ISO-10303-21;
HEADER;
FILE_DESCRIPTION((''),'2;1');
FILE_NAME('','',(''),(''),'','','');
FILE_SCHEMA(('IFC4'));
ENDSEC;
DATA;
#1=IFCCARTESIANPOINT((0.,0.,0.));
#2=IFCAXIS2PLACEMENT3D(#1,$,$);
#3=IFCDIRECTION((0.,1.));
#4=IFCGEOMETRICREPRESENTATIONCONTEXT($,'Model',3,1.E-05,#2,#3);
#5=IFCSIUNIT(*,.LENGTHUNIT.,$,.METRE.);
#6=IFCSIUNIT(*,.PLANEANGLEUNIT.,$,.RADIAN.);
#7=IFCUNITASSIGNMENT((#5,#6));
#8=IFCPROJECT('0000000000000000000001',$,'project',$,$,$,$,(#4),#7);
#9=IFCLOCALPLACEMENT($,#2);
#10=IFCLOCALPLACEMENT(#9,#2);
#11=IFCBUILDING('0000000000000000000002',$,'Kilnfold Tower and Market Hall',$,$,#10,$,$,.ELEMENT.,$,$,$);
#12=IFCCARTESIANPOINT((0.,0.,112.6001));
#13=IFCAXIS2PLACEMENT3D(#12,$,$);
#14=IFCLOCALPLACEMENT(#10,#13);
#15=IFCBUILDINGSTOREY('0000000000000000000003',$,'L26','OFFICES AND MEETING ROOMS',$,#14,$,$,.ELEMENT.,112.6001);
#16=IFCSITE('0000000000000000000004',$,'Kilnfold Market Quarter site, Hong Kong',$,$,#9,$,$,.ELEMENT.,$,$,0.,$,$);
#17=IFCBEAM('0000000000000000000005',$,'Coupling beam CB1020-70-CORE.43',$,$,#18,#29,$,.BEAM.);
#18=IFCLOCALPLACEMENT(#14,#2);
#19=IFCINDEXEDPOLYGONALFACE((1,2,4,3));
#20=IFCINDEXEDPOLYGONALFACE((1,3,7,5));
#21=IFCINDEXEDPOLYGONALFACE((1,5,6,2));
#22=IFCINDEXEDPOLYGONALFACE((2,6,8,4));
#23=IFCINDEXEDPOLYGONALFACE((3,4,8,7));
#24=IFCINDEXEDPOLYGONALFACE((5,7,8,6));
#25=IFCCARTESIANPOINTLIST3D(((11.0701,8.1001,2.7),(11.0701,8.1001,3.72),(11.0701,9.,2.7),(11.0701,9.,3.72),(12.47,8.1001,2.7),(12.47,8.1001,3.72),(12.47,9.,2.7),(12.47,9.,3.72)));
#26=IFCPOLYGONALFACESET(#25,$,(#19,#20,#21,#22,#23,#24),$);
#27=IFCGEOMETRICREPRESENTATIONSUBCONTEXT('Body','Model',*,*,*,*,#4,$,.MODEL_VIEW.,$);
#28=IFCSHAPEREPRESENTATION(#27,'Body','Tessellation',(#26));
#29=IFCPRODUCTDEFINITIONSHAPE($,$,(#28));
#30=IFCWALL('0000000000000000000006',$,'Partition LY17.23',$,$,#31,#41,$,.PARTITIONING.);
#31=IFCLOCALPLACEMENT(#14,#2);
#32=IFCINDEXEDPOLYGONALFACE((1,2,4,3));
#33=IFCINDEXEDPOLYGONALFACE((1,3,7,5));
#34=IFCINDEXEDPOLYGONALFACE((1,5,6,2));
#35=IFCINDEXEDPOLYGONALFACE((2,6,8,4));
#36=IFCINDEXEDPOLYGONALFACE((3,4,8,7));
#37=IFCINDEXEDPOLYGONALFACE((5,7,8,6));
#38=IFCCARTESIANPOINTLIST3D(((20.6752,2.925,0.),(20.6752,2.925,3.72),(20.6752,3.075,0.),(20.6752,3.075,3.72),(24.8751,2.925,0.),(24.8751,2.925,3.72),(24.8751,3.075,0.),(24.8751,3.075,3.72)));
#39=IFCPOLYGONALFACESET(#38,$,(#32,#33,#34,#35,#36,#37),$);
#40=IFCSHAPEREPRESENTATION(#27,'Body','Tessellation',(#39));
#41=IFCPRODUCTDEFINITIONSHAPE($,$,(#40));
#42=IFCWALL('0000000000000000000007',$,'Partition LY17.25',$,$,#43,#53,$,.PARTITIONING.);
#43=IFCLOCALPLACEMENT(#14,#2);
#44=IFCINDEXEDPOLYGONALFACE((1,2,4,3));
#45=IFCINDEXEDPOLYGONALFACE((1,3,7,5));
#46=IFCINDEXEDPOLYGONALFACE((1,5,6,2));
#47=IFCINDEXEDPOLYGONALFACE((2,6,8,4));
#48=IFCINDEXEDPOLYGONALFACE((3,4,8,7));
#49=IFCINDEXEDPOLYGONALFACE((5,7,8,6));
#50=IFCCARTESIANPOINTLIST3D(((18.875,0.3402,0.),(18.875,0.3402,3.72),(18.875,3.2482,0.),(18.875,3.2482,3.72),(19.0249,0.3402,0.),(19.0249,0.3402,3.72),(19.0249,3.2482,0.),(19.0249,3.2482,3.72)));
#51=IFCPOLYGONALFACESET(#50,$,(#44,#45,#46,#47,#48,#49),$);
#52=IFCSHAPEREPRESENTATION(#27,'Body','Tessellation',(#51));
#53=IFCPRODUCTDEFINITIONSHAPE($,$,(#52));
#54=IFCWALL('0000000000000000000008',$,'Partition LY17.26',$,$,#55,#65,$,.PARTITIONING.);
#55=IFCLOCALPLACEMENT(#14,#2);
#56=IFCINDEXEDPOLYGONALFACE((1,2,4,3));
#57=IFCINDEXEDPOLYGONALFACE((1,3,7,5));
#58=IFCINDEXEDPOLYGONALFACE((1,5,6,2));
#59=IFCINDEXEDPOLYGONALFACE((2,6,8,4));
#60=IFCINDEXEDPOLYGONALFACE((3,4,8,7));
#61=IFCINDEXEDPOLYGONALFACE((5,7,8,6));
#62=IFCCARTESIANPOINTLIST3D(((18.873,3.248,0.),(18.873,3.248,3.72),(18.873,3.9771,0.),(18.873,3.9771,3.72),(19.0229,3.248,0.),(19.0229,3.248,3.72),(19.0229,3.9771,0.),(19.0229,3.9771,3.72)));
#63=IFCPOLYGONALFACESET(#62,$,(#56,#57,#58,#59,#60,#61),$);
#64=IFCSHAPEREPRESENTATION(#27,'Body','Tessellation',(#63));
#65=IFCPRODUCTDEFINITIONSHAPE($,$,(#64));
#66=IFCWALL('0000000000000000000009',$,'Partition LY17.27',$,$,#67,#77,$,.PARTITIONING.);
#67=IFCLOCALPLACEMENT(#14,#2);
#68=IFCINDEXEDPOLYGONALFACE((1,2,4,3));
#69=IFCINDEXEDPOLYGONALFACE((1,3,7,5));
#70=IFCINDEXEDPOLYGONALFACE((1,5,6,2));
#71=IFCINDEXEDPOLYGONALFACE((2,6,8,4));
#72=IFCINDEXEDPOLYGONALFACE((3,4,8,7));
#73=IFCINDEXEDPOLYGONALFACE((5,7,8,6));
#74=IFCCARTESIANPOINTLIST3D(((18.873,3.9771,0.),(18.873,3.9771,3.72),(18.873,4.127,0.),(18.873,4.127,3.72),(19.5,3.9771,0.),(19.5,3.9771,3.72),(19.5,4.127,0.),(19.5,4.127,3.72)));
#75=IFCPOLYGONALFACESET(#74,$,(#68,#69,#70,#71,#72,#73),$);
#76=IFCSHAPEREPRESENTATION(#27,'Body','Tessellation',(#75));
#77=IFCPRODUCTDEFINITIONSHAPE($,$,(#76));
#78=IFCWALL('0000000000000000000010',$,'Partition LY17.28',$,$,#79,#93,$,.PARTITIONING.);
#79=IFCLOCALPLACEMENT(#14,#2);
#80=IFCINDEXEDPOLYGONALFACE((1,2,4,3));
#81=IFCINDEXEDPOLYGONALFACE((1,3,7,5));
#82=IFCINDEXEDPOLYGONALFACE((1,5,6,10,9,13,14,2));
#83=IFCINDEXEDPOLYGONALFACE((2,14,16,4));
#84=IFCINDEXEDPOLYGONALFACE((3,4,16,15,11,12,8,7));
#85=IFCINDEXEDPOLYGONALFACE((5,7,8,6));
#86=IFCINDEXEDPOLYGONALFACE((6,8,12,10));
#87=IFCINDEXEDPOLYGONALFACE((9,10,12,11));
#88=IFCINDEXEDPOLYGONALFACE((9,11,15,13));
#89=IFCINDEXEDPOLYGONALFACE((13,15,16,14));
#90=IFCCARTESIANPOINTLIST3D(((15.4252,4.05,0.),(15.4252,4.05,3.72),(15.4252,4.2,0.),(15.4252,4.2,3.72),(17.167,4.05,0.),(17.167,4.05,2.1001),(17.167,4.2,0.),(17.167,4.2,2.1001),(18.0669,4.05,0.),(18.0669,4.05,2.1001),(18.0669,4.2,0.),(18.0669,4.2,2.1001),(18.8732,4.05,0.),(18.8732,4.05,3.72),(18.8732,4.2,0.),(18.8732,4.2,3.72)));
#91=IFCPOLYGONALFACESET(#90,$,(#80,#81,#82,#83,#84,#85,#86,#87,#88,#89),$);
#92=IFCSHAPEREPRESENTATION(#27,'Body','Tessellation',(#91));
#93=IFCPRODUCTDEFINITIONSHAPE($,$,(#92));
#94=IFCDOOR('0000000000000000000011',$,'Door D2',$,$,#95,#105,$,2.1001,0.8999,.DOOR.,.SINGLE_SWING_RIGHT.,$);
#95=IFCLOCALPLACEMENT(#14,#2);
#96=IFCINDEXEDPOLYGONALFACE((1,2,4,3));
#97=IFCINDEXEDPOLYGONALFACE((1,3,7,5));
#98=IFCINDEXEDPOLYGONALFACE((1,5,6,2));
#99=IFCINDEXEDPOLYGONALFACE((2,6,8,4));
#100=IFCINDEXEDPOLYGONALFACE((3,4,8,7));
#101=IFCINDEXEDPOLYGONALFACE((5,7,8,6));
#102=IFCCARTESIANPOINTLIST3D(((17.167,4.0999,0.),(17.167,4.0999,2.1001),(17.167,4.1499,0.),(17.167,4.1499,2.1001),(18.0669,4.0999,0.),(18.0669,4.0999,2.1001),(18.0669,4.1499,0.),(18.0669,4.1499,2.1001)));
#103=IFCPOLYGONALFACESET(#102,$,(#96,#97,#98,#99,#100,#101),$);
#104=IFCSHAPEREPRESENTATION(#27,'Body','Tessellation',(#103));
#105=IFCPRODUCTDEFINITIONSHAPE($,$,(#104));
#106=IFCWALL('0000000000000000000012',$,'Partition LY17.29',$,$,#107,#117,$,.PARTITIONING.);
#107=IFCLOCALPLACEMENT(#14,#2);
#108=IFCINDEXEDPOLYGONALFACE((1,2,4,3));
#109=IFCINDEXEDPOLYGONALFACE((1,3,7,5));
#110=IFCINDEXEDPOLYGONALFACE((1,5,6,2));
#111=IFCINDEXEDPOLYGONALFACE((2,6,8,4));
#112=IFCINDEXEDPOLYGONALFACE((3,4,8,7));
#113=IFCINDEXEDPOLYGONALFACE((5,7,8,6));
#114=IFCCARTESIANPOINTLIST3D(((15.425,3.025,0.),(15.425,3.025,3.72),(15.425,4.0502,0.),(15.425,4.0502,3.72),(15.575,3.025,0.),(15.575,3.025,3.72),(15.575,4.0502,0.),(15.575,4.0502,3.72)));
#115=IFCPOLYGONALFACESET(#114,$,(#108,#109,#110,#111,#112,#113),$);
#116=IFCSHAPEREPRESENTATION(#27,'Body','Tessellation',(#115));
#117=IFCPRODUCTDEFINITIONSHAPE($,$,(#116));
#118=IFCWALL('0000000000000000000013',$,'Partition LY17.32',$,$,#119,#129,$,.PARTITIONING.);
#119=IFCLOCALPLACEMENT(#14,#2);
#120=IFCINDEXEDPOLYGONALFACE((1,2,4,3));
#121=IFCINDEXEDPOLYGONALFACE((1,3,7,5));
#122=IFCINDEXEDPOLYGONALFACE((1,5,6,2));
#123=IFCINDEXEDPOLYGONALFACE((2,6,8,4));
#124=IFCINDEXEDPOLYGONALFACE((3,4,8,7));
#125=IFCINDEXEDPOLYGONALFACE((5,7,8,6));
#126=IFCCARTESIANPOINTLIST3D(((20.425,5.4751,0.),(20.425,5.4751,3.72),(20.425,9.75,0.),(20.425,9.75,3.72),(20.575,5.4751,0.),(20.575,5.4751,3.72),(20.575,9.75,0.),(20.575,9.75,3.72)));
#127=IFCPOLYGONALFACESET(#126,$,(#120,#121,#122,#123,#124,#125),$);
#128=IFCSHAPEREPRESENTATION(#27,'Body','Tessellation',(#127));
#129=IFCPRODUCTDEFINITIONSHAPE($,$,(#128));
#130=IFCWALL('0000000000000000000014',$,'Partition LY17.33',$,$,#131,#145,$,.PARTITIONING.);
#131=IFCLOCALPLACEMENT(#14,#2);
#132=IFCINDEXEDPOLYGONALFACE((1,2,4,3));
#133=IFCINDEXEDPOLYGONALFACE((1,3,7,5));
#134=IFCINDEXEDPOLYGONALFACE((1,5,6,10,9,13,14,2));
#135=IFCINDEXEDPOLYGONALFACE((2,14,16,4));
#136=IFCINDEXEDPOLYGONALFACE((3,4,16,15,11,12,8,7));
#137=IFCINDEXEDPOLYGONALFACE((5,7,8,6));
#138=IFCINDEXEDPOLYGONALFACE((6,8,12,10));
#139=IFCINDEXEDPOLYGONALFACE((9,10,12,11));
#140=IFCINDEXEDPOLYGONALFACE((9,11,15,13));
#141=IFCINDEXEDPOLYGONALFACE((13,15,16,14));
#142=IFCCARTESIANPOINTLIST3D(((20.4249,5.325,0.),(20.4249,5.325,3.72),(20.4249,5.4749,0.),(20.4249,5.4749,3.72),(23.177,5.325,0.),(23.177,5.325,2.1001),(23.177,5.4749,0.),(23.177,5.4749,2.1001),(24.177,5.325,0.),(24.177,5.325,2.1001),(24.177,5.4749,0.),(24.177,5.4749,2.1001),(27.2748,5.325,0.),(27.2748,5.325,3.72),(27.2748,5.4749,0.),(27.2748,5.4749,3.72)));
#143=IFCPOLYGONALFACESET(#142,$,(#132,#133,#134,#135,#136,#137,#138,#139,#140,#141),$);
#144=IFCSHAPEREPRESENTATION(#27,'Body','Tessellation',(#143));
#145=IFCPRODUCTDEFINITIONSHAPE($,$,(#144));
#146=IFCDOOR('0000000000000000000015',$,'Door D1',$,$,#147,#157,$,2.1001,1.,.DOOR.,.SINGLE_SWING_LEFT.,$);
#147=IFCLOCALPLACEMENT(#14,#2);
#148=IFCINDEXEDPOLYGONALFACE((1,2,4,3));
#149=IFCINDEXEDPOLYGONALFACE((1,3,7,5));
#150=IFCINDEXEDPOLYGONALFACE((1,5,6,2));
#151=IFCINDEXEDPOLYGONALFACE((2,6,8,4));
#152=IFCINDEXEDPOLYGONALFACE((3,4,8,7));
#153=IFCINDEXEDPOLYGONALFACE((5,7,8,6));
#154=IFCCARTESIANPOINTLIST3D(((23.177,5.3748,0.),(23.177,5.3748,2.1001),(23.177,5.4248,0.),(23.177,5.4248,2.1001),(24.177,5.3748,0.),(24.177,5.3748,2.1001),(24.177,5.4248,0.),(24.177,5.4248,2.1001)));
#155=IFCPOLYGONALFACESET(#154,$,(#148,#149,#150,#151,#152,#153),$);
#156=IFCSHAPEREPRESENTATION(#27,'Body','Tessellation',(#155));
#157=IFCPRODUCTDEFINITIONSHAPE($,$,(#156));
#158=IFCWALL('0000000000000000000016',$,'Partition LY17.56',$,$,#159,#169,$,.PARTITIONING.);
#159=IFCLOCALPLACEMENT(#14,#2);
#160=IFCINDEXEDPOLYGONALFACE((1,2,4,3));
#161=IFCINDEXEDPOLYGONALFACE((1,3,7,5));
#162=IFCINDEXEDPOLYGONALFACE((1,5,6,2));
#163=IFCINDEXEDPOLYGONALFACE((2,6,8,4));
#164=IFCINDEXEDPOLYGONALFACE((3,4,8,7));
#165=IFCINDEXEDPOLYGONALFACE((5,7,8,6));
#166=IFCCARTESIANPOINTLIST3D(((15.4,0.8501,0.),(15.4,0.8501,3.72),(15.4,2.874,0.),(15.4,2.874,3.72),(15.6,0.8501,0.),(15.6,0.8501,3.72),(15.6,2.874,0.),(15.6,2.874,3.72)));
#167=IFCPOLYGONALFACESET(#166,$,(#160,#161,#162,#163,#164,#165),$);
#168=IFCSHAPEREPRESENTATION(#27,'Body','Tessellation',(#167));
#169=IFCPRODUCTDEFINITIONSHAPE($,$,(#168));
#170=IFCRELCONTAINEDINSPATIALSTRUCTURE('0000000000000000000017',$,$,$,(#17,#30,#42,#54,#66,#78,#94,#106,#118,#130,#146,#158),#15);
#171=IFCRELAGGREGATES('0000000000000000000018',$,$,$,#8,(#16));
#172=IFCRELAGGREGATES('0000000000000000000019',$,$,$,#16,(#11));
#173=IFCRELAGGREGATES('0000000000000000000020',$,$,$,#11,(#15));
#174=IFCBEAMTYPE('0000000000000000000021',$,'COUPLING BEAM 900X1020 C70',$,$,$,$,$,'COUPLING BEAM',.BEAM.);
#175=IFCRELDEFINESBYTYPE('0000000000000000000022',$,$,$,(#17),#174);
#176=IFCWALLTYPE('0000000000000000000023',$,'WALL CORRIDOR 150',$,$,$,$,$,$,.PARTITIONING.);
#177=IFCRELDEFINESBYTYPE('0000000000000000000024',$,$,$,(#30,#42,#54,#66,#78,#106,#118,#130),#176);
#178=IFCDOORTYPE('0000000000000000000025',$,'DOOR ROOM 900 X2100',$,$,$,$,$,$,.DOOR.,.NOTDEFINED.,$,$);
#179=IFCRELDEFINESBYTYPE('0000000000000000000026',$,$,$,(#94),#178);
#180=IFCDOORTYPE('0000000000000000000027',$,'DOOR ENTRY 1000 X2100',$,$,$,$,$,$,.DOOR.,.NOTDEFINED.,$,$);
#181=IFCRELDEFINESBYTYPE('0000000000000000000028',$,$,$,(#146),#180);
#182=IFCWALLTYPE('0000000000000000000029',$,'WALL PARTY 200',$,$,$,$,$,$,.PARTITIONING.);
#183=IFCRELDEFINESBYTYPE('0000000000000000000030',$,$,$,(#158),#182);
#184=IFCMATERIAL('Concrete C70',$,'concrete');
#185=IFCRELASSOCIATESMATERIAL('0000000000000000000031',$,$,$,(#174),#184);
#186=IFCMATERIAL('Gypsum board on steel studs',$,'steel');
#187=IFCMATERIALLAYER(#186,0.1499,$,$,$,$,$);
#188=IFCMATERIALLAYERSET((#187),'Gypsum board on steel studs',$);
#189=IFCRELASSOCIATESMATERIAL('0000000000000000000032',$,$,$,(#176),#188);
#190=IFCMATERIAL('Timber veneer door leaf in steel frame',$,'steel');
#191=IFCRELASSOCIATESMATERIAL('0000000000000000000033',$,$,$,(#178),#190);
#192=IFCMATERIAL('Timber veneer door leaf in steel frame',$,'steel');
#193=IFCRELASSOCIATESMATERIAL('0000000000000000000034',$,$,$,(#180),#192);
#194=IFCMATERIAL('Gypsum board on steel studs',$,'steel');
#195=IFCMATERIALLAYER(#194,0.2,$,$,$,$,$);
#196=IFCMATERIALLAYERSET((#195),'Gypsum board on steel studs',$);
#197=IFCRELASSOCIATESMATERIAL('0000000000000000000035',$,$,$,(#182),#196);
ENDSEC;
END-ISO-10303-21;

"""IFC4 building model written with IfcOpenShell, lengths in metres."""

from ifc_helpers import new_model, si_unit, direction, frame, frame_2d, origin, origin_2d, place, context, subcontext, project, spatial, rectangle, extrude, source, transform, mapped, material, layer, layer_set, material_profile, profile_set, type_object, element, fill, save


model = new_model("IFC4")

# Units and contexts
model_context = context("Model", 3, precision=1e-05, world=origin(), true_north=direction((0.0, 1.0)))
body_context = subcontext(model_context, "Body", "Model", "MODEL_VIEW")
ifc_project = project(units=[si_unit("LENGTHUNIT", "METRE"), si_unit("PLANEANGLEUNIT", "RADIAN")], contexts=[model_context])

# Site, building, storey
site_placement = place(None, origin())
site = spatial("IfcSite", under=ifc_project, at=site_placement, Name="Kilnfold Market Quarter site, Hong Kong", CompositionType="ELEMENT", RefElevation=0.0)
building_placement = place(site_placement, origin())
building = spatial("IfcBuilding", under=site, at=building_placement, Name="Kilnfold Tower and Market Hall", CompositionType="ELEMENT")
storey_placement = place(building_placement, frame((0.0, 0.0, 112.6001)))
storey = spatial("IfcBuildingStorey", under=building, at=storey_placement, Name="L26", Description="OFFICES AND MEETING ROOMS", CompositionType="ELEMENT", Elevation=112.6001)

# Beam
ifc_material_1 = material(Name="Concrete C70", Category="concrete")
ifc_material_profile = material_profile(ifc_material_1, rectangle(XDim=0.8999, YDim=1.02, at=origin_2d()), Name="RC 900x1020")
ifc_profile_set = profile_set([ifc_material_profile], Name="Concrete C70")
beam_type = type_object("IfcBeamType", Name="COUPLING BEAM 900X1020 C70", ElementType="COUPLING BEAM", PredefinedType="BEAM", material=ifc_profile_set)
shared_shape_1 = source(origin(), body_context, "Body", "SweptSolid", [
    extrude(rectangle(XDim=0.8999, YDim=1.02, at=origin_2d()), origin(), (0.0, 0.0, 1.0), 1.3999),
])
beam_placement = place(storey_placement, frame((11.0701, 8.55, 3.21), z_axis=(1.0, 0.0, 0.0), x_axis=(0.0, 1.0, 0.0)))
element("IfcBeam", 1, at=beam_placement, inside=storey, type_object=beam_type, Name="Coupling beam CB1020-70-CORE.43", PredefinedType="BEAM", context=body_context, shape_type="MappedRepresentation", body=[
    mapped(shared_shape_1, transform((0.0, 0.0, 0.0))),
])

# Walls
ifc_material_2 = material(Name="Gypsum board on steel studs", Category="steel")
ifc_layer_1 = layer(ifc_material_2, 0.1499)
ifc_layer_set_1 = layer_set([ifc_layer_1], Name="Gypsum board on steel studs")
wall_type_1 = type_object("IfcWallType", Name="WALL CORRIDOR 150", PredefinedType="PARTITIONING", material=ifc_layer_set_1)
wall_1_placement = place(storey_placement, frame((20.675, 3.0, 0.0), z_axis=(0.0, 0.0, 1.0), x_axis=(1.0, 0.0, 0.0)))
element("IfcWall", 2, at=wall_1_placement, inside=storey, type_object=wall_type_1, Name="Partition LY17.23", PredefinedType="PARTITIONING", context=body_context, shape_type="SweptSolid", body=[
    extrude(rectangle(XDim=4.2, YDim=0.1499, at=frame_2d((2.1001, 0.0))), origin(), (0.0, 0.0, 1.0), 3.72),
])
wall_2_placement = place(storey_placement, frame((18.95, 0.3401, 0.0), z_axis=(0.0, 0.0, 1.0), x_axis=(0.0, 1.0, 0.0)))
element("IfcWall", 3, at=wall_2_placement, inside=storey, type_object=wall_type_1, Name="Partition LY17.25", PredefinedType="PARTITIONING", context=body_context, shape_type="SweptSolid", body=[
    extrude(rectangle(XDim=2.908, YDim=0.1499, at=frame_2d((1.4541, 0.0))), origin(), (0.0, 0.0, 1.0), 3.72),
])
wall_3_placement = place(storey_placement, frame((18.948, 3.9771, 0.0), z_axis=(0.0, 0.0, 1.0), x_axis=(0.0, -1.0, 0.0)))
element("IfcWall", 4, at=wall_3_placement, inside=storey, type_object=wall_type_1, Name="Partition LY17.26", PredefinedType="PARTITIONING", context=body_context, shape_type="SweptSolid", body=[
    extrude(rectangle(XDim=0.729, YDim=0.1499, at=frame_2d((0.3645, 0.0))), origin(), (0.0, 0.0, 1.0), 3.72),
])
wall_4_placement = place(storey_placement, frame((18.873, 4.052, 0.0), z_axis=(0.0, 0.0, 1.0), x_axis=(1.0, 0.0, 0.0)))
element("IfcWall", 5, at=wall_4_placement, inside=storey, type_object=wall_type_1, Name="Partition LY17.27", PredefinedType="PARTITIONING", context=body_context, shape_type="SweptSolid", body=[
    extrude(rectangle(XDim=0.627, YDim=0.1499, at=frame_2d((0.3135, 0.0))), origin(), (0.0, 0.0, 1.0), 3.72),
])

# Wall, opening, door
wall_5_placement = place(storey_placement, frame((15.425, 4.125, 0.0), z_axis=(0.0, 0.0, 1.0), x_axis=(1.0, 0.0, 0.0)))
wall_5 = element("IfcWall", 6, at=wall_5_placement, inside=storey, type_object=wall_type_1, Name="Partition LY17.28", PredefinedType="PARTITIONING", context=body_context, shape_type="SweptSolid", body=[
    extrude(rectangle(XDim=3.448, YDim=0.1499, at=frame_2d((1.7241, 0.0))), origin(), (0.0, 0.0, 1.0), 3.72),
])
opening_1_placement = place(wall_5_placement, frame((1.7419, 0.0, 0.0)))
opening_1 = element("IfcOpeningElement", 7, at=opening_1_placement, cuts=wall_5, PredefinedType="OPENING", context=body_context, shape_type="SweptSolid", body=[
    extrude(rectangle(XDim=0.8999, YDim=2.1001, at=frame_2d((0.45, 1.05))), frame((0.0, 0.085, 0.0), z_axis=(0.0, -1.0, 0.0), x_axis=(1.0, 0.0, 0.0)), (0.0, 0.0, 1.0), 0.1699),
])
ifc_material_3 = material(Name="Timber veneer door leaf in steel frame", Category="steel")
door_type_1 = type_object("IfcDoorType", Name="DOOR ROOM 900 X2100", OperationType="NOTDEFINED", PredefinedType="DOOR", material=ifc_material_3)
door_1_placement = place(opening_1_placement, origin())
door_1 = element("IfcDoor", 8, at=door_1_placement, inside=storey, type_object=door_type_1, Name="Door D2", OperationType="SINGLE_SWING_RIGHT", OverallHeight=2.1001, OverallWidth=0.8999, PredefinedType="DOOR", context=body_context, shape_type="SweptSolid", body=[
    extrude(rectangle(XDim=0.8999, YDim=2.1001, at=frame_2d((0.45, 1.05))), frame((0.0, 0.0249, 0.0), z_axis=(0.0, -1.0, 0.0), x_axis=(1.0, 0.0, 0.0)), (0.0, 0.0, 1.0), 0.05),
])
fill(opening_1, door_1)

# Walls
wall_6_placement = place(storey_placement, frame((15.5, 3.0249, 0.0), z_axis=(0.0, 0.0, 1.0), x_axis=(0.0, 1.0, 0.0)))
element("IfcWall", 9, at=wall_6_placement, inside=storey, type_object=wall_type_1, Name="Partition LY17.29", PredefinedType="PARTITIONING", context=body_context, shape_type="SweptSolid", body=[
    extrude(rectangle(XDim=1.0251, YDim=0.1499, at=frame_2d((0.5127, 0.0))), origin(), (0.0, 0.0, 1.0), 3.72),
])
wall_7_placement = place(storey_placement, frame((20.5, 5.4751, 0.0), z_axis=(0.0, 0.0, 1.0), x_axis=(0.0, 1.0, 0.0)))
element("IfcWall", 10, at=wall_7_placement, inside=storey, type_object=wall_type_1, Name="Partition LY17.32", PredefinedType="PARTITIONING", context=body_context, shape_type="SweptSolid", body=[
    extrude(rectangle(XDim=4.2749, YDim=0.1499, at=frame_2d((2.1375, 0.0))), origin(), (0.0, 0.0, 1.0), 3.72),
])

# Wall, opening, door
wall_8_placement = place(storey_placement, frame((20.425, 5.3999, 0.0), z_axis=(0.0, 0.0, 1.0), x_axis=(1.0, 0.0, 0.0)))
wall_8 = element("IfcWall", 11, at=wall_8_placement, inside=storey, type_object=wall_type_1, Name="Partition LY17.33", PredefinedType="PARTITIONING", context=body_context, shape_type="SweptSolid", body=[
    extrude(rectangle(XDim=6.8499, YDim=0.1499, at=frame_2d((3.4248, 0.0))), origin(), (0.0, 0.0, 1.0), 3.72),
])
opening_2_placement = place(wall_8_placement, frame((2.752, 0.0, 0.0)))
opening_2 = element("IfcOpeningElement", 12, at=opening_2_placement, cuts=wall_8, PredefinedType="OPENING", context=body_context, shape_type="SweptSolid", body=[
    extrude(rectangle(XDim=1.0, YDim=2.1001, at=frame_2d((0.5, 1.05))), frame((0.0, 0.085, 0.0), z_axis=(0.0, -1.0, 0.0), x_axis=(1.0, 0.0, 0.0)), (0.0, 0.0, 1.0), 0.1699),
])
ifc_material_4 = material(Name="Timber veneer door leaf in steel frame", Category="steel")
door_type_2 = type_object("IfcDoorType", Name="DOOR ENTRY 1000 X2100", OperationType="NOTDEFINED", PredefinedType="DOOR", material=ifc_material_4)
door_2_placement = place(opening_2_placement, origin())
door_2 = element("IfcDoor", 13, at=door_2_placement, inside=storey, type_object=door_type_2, Name="Door D1", OperationType="SINGLE_SWING_LEFT", OverallHeight=2.1001, OverallWidth=1.0, PredefinedType="DOOR", context=body_context, shape_type="SweptSolid", body=[
    extrude(rectangle(XDim=1.0, YDim=2.1001, at=frame_2d((0.5, 1.05))), frame((0.0, 0.0249, 0.0), z_axis=(0.0, -1.0, 0.0), x_axis=(1.0, 0.0, 0.0)), (0.0, 0.0, 1.0), 0.05),
])
fill(opening_2, door_2)

# Wall
ifc_material_5 = material(Name="Gypsum board on steel studs", Category="steel")
ifc_layer_2 = layer(ifc_material_5, 0.2)
ifc_layer_set_2 = layer_set([ifc_layer_2], Name="Gypsum board on steel studs")
wall_type_2 = type_object("IfcWallType", Name="WALL PARTY 200", PredefinedType="PARTITIONING", material=ifc_layer_set_2)
wall_9_placement = place(storey_placement, frame((15.5, 0.8501, 0.0), z_axis=(0.0, 0.0, 1.0), x_axis=(0.0, 1.0, 0.0)))
element("IfcWall", 14, at=wall_9_placement, inside=storey, type_object=wall_type_2, Name="Partition LY17.56", PredefinedType="PARTITIONING", context=body_context, shape_type="SweptSolid", body=[
    extrude(rectangle(XDim=2.0239, YDim=0.2, at=frame_2d((1.012, 0.0))), origin(), (0.0, 0.0, 1.0), 3.72),
])

save(model, "model.ifc")
